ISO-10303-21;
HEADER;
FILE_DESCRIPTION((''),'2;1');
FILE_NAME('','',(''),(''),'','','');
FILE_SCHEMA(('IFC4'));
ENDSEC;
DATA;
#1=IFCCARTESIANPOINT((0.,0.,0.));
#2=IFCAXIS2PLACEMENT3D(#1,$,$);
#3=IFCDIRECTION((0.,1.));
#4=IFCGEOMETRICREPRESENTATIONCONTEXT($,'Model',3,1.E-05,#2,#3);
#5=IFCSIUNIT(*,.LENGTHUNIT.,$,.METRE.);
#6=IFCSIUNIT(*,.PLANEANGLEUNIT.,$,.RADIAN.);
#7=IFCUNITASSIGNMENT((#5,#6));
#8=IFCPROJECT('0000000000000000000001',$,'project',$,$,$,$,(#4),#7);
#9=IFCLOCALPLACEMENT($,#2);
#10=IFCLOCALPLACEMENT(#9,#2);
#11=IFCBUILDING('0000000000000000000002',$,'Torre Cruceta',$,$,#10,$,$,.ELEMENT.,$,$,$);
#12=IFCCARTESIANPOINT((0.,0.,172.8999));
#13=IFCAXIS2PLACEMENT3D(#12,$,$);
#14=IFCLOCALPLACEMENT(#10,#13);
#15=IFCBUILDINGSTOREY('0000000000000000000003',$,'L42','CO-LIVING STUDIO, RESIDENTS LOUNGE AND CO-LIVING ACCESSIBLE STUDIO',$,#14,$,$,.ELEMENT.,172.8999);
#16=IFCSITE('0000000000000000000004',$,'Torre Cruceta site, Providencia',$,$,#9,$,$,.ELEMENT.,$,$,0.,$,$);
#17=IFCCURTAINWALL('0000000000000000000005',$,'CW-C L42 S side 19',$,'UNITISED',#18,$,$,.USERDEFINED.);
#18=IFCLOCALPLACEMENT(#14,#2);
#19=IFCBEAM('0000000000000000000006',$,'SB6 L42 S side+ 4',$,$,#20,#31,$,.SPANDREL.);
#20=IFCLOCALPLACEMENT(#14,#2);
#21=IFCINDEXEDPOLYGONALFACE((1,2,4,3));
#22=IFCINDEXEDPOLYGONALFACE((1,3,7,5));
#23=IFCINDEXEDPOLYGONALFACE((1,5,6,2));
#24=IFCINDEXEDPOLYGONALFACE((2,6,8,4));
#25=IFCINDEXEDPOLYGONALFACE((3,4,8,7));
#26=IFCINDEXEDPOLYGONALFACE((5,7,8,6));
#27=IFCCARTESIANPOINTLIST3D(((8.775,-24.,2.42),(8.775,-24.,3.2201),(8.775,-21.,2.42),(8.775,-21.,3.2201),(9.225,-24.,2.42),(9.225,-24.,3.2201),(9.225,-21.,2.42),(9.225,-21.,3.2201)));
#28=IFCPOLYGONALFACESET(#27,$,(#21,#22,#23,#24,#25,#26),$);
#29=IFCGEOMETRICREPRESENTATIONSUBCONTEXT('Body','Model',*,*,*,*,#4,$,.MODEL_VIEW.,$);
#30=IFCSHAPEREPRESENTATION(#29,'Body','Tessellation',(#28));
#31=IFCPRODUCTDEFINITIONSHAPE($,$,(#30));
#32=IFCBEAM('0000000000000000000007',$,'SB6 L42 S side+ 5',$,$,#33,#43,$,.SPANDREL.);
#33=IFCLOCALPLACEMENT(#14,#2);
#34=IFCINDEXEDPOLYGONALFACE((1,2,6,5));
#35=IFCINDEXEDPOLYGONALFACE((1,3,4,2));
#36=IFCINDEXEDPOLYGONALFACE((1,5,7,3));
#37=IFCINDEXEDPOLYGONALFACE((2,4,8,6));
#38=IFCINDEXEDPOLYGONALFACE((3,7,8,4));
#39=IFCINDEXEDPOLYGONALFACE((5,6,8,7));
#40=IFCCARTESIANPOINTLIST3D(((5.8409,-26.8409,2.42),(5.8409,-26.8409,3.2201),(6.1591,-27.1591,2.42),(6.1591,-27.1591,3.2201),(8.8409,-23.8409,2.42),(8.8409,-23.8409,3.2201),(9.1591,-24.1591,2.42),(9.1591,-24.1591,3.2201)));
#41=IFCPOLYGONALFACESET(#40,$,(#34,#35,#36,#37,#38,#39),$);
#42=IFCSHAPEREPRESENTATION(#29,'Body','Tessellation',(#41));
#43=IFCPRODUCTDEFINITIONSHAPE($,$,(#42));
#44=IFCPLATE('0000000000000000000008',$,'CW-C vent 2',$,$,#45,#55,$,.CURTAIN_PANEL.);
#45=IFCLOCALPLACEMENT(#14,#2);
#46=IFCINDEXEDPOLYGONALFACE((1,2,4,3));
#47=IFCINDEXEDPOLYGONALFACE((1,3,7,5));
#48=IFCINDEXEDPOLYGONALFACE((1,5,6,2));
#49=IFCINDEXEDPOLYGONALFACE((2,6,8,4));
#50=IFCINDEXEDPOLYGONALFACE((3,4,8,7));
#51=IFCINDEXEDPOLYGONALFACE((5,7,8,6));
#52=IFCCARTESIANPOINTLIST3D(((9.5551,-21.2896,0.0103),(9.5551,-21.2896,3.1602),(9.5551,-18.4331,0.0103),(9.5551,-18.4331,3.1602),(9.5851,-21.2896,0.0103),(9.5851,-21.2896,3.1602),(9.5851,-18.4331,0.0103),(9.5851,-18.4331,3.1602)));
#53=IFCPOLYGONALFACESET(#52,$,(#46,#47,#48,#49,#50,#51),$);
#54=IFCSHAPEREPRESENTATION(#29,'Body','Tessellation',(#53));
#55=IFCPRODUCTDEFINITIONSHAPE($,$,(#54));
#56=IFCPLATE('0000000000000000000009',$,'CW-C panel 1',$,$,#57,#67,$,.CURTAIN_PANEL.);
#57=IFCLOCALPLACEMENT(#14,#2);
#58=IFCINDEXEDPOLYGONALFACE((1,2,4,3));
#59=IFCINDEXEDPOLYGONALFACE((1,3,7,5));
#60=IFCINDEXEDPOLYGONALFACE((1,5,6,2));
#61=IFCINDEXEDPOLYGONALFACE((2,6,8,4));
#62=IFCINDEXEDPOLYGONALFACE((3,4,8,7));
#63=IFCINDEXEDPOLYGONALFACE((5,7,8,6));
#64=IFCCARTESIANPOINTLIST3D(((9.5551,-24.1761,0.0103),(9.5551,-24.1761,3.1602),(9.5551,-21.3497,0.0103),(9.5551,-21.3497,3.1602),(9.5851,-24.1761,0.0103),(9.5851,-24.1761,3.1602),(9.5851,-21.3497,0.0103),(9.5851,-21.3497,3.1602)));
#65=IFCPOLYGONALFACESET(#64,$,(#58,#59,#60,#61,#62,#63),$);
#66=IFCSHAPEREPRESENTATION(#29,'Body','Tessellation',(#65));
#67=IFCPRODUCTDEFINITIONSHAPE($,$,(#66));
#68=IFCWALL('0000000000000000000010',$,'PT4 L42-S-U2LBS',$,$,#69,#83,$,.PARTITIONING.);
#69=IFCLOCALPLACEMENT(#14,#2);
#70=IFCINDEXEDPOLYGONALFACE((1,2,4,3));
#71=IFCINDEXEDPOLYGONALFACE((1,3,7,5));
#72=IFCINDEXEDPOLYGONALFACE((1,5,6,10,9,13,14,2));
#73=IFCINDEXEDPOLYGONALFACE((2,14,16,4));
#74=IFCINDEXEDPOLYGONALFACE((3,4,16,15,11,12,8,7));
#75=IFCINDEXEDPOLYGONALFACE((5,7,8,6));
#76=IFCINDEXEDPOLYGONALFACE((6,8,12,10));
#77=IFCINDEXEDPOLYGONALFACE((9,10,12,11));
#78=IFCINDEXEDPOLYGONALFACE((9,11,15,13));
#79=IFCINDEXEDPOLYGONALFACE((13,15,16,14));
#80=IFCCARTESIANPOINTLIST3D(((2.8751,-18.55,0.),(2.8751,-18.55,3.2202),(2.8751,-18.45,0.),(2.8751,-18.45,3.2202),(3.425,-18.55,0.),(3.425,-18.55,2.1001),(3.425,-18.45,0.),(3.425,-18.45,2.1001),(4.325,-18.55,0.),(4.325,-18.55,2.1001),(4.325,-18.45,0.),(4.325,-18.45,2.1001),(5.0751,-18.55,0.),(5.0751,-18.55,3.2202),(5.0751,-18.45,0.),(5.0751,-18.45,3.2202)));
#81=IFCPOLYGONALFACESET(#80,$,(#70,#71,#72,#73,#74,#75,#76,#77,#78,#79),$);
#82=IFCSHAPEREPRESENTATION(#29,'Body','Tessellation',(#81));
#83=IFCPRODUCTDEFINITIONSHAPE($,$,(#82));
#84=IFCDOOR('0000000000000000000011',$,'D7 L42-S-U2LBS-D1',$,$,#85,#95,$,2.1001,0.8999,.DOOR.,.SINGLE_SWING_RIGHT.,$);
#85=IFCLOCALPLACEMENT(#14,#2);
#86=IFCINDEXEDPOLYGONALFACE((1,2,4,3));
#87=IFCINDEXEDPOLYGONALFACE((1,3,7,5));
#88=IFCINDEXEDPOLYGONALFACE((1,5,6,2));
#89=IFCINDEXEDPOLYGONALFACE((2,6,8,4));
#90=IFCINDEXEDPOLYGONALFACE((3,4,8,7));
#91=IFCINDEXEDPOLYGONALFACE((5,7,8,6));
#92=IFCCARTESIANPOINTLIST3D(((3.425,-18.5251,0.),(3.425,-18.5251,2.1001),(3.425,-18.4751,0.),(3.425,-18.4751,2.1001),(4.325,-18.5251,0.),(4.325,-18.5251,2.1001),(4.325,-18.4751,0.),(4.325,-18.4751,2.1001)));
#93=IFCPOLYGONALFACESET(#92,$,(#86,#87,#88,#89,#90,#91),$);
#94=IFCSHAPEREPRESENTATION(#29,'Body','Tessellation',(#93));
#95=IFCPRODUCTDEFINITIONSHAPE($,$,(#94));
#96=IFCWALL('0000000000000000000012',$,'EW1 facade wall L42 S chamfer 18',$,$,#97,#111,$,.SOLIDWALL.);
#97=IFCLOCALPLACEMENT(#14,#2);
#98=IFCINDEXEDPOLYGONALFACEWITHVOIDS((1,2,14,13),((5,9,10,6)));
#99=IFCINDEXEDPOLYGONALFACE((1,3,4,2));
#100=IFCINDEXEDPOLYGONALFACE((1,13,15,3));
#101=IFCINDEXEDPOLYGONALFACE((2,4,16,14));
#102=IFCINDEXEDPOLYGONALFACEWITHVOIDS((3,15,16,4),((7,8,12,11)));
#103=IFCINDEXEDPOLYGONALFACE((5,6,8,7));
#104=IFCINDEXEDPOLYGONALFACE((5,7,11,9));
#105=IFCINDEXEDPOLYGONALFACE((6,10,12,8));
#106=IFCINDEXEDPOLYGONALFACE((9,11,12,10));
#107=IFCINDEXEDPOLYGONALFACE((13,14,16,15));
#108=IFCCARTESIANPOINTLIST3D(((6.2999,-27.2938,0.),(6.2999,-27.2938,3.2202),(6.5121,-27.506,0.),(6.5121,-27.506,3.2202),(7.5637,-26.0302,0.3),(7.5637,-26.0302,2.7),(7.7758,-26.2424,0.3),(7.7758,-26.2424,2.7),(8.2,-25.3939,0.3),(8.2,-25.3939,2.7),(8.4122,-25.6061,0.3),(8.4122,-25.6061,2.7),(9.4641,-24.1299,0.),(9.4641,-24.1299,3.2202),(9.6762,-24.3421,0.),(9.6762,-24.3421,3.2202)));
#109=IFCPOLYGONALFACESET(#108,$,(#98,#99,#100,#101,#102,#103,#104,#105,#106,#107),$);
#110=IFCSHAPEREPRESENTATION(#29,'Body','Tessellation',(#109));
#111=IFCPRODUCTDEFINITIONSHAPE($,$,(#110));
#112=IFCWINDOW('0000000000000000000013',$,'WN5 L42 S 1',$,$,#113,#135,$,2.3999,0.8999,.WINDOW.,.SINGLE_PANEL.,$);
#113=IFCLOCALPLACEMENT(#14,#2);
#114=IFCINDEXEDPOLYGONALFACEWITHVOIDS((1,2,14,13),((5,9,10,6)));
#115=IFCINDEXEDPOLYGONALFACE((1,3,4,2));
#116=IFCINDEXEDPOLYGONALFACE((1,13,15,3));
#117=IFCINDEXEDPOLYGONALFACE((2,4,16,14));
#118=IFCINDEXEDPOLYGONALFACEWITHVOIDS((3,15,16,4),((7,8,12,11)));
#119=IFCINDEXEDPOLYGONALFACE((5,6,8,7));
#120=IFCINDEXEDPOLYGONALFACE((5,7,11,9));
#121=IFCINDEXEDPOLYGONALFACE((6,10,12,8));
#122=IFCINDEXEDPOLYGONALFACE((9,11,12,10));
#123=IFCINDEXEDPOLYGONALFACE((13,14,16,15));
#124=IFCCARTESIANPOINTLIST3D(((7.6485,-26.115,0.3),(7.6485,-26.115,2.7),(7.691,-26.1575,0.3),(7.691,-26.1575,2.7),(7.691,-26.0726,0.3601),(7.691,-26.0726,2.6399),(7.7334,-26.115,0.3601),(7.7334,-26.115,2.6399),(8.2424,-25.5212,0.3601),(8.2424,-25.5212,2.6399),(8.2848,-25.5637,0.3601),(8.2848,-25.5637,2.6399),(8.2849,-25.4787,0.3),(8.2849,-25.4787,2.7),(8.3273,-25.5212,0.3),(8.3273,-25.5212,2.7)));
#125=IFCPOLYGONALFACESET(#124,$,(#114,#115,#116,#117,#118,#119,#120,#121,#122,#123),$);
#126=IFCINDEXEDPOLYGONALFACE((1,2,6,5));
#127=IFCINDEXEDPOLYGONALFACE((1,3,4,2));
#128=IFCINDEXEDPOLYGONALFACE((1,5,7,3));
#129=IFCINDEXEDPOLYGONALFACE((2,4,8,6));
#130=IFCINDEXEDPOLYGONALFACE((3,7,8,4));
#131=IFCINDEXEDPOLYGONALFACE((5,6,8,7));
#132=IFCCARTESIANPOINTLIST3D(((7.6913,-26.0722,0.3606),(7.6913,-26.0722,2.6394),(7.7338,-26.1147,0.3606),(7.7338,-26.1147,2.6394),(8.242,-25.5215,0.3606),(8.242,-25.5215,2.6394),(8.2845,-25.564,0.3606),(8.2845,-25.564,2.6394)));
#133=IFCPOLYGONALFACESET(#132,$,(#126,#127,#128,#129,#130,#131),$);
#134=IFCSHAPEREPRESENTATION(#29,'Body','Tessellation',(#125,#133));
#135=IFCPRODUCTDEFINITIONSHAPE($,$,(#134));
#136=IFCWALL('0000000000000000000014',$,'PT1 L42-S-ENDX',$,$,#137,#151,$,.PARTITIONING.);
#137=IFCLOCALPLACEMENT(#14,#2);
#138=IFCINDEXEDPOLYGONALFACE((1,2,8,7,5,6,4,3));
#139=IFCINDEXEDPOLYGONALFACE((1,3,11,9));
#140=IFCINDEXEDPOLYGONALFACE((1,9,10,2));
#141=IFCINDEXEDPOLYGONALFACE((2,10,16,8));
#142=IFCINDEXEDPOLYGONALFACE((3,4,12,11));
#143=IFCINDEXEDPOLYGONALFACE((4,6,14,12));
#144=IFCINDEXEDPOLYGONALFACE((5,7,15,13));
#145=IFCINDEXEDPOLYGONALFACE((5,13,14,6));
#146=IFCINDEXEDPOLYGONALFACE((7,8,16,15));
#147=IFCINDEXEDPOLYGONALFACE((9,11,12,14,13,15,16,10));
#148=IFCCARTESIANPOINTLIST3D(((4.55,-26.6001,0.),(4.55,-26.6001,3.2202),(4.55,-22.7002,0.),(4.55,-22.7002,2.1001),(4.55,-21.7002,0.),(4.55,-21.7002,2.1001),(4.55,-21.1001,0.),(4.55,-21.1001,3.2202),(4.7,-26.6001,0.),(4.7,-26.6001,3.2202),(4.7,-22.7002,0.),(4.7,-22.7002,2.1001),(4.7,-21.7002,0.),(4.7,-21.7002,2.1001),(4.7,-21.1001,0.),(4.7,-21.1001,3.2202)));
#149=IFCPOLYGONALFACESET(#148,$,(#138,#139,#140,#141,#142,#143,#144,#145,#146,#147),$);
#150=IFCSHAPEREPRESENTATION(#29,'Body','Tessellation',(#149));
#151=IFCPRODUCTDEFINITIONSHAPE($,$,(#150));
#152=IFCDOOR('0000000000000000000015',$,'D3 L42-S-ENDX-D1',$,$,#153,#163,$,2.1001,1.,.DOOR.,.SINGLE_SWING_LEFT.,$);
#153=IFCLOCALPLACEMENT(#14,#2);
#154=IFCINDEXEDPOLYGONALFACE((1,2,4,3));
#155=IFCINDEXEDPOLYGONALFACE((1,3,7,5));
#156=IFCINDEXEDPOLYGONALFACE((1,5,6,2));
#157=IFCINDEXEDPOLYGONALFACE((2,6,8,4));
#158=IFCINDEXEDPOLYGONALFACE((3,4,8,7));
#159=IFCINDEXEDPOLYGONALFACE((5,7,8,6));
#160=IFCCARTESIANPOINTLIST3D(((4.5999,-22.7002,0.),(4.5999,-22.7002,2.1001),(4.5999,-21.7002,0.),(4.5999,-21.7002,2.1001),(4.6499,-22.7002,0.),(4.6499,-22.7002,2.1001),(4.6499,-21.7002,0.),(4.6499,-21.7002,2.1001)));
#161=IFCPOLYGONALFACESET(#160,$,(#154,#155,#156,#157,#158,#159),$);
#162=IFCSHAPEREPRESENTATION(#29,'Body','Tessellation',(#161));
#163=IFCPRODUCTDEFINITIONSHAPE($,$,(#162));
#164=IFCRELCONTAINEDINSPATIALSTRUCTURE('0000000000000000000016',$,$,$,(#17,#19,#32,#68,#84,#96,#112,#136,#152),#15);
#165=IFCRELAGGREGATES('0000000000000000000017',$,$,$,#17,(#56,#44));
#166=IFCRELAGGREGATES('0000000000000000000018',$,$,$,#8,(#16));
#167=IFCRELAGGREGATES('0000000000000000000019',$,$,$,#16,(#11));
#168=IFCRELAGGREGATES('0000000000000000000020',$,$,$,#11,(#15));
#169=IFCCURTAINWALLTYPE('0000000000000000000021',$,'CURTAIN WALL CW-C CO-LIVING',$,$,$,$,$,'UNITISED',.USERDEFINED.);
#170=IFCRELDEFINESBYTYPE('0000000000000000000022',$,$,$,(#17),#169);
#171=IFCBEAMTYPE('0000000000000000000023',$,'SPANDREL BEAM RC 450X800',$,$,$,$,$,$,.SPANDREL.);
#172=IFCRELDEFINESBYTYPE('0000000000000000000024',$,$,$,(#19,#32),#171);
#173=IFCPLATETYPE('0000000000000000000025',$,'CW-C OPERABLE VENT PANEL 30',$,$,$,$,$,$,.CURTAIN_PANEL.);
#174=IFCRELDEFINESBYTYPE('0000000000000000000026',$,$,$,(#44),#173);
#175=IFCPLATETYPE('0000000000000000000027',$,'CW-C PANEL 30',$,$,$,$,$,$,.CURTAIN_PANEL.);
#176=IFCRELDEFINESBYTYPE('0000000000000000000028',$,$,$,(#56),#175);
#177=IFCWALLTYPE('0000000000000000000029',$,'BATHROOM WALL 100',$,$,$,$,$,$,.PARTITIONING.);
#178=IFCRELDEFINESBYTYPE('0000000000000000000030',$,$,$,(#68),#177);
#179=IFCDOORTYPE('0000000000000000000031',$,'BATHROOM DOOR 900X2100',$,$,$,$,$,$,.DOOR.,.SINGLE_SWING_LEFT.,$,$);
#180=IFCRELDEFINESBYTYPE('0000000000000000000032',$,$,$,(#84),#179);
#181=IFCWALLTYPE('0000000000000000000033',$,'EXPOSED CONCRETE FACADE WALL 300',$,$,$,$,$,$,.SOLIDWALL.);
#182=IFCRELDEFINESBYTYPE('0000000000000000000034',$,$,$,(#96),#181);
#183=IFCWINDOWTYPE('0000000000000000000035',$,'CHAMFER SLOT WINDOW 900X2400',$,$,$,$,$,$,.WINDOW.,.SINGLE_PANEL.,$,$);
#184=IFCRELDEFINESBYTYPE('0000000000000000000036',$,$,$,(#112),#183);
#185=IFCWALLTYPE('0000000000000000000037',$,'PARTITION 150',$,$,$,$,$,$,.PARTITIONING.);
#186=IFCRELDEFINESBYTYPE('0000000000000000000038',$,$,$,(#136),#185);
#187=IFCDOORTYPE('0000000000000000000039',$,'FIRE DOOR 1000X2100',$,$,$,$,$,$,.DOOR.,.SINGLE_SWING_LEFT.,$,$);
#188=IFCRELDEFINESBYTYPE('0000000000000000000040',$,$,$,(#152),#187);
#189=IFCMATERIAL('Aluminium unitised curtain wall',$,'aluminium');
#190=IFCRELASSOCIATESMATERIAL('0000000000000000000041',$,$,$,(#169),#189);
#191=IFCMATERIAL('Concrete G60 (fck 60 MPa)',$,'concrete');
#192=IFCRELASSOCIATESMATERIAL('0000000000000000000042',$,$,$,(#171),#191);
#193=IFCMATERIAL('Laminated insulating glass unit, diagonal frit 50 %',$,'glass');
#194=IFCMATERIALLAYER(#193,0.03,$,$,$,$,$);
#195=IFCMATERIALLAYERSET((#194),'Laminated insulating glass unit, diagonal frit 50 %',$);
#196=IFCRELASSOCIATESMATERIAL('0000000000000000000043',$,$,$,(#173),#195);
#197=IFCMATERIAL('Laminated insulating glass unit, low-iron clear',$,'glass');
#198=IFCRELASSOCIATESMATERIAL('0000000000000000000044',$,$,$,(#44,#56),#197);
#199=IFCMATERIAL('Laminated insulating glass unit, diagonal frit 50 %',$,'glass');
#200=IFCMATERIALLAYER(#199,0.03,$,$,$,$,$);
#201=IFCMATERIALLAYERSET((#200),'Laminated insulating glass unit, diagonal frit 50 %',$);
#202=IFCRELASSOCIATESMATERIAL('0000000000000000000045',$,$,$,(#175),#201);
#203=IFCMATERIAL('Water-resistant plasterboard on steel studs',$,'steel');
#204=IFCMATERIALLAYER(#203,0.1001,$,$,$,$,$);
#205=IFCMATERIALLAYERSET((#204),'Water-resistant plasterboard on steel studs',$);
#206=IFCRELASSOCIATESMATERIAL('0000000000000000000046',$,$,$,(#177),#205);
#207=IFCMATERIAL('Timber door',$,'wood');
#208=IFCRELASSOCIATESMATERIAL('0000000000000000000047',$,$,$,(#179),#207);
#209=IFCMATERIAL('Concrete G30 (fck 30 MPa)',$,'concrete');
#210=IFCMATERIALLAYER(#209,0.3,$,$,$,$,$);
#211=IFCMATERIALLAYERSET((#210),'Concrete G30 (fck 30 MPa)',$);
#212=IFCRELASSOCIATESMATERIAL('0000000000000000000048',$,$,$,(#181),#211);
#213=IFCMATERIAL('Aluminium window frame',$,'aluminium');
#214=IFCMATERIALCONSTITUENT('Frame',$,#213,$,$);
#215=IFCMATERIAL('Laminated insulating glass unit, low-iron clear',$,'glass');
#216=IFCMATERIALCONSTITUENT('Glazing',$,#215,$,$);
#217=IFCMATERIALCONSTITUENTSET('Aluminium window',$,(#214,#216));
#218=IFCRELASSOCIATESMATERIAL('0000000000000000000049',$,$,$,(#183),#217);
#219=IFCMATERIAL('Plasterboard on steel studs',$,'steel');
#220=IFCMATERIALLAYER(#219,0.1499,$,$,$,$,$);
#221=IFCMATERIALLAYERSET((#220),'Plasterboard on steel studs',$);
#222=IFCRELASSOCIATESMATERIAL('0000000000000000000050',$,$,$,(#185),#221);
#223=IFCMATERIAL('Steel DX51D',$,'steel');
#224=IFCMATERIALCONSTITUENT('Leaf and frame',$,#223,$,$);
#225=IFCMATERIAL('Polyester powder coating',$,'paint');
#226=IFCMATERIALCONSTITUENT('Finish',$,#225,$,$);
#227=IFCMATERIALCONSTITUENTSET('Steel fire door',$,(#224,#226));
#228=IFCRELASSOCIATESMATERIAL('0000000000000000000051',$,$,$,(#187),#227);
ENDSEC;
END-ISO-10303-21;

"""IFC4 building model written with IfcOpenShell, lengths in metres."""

from ifc_helpers import new_model, si_unit, direction, frame, frame_2d, origin, origin_2d, place, context, subcontext, project, spatial, rectangle, hollow_rectangle, extrude, material, layer, layer_set, constituent, constituent_set, material_profile, profile_set, type_object, element, fill, aggregate, save


model = new_model("IFC4")

# Units and contexts
model_context = context("Model", 3, precision=1e-05, world=origin(), true_north=direction((0.0, 1.0)))
body_context = subcontext(model_context, "Body", "Model", "MODEL_VIEW")
ifc_project = project(units=[si_unit("LENGTHUNIT", "METRE"), si_unit("PLANEANGLEUNIT", "RADIAN")], contexts=[model_context])

# Site, building, storey
site_placement = place(None, origin())
site = spatial("IfcSite", under=ifc_project, at=site_placement, Name="Torre Cruceta site, Providencia", CompositionType="ELEMENT", RefElevation=0.0)
building_placement = place(site_placement, origin())
building = spatial("IfcBuilding", under=site, at=building_placement, Name="Torre Cruceta", CompositionType="ELEMENT")
storey_placement = place(building_placement, frame((0.0, 0.0, 172.8999)))
storey = spatial("IfcBuildingStorey", under=building, at=storey_placement, Name="L42", Description="CO-LIVING STUDIO, RESIDENTS LOUNGE AND CO-LIVING ACCESSIBLE STUDIO", CompositionType="ELEMENT", Elevation=172.8999)

# Curtain wall
ifc_material_1 = material(Name="Aluminium unitised curtain wall", Category="aluminium")
curtain_wall_type = type_object("IfcCurtainWallType", Name="CURTAIN WALL CW-C CO-LIVING", ElementType="UNITISED", PredefinedType="USERDEFINED", material=ifc_material_1)
curtain_wall_placement = place(storey_placement, origin())
curtain_wall = element("IfcCurtainWall", 1, at=curtain_wall_placement, inside=storey, type_object=curtain_wall_type, Name="CW-C L42 S side 19", ObjectType="UNITISED", PredefinedType="USERDEFINED")

# Beams
ifc_material_2 = material(Name="Concrete G60 (fck 60 MPa)", Category="concrete")
ifc_material_profile_1 = material_profile(ifc_material_2, rectangle(XDim=0.45, YDim=0.8, at=origin_2d()), Name="RC 450X800")
ifc_profile_set_1 = profile_set([ifc_material_profile_1], Name="Concrete G60 (fck 60 MPa)")
beam_type_1 = type_object("IfcBeamType", Name="SPANDREL BEAM RC 450X800", PredefinedType="SPANDREL", material=ifc_profile_set_1)
beam_1_placement = place(storey_placement, frame((9.0, -21.0, 2.8201), z_axis=(0.0, -1.0, 0.0), x_axis=(1.0, 0.0, 0.0)))
element("IfcBeam", 2, at=beam_1_placement, inside=storey, type_object=beam_type_1, Name="SB6 L42 S side+ 4", PredefinedType="SPANDREL", context=body_context, shape_type="SweptSolid", body=[
    extrude(rectangle(XDim=0.45, YDim=0.8, at=origin_2d()), origin(), (0.0, 0.0, 1.0), 3.0),
])
beam_2_placement = place(storey_placement, frame((9.0, -24.0, 2.8201), z_axis=(-0.707107, -0.707107, 0.0), x_axis=(0.707107, -0.707107, 0.0)))
element("IfcBeam", 3, at=beam_2_placement, inside=storey, type_object=beam_type_1, Name="SB6 L42 S side+ 5", PredefinedType="SPANDREL", context=body_context, shape_type="SweptSolid", body=[
    extrude(rectangle(XDim=0.45, YDim=0.8, at=origin_2d()), origin(), (0.0, 0.0, 1.0), 4.2427),
])

# Plates
ifc_material_3 = material(Name="Laminated insulating glass unit, low-iron clear", Category="glass")
ifc_material_4 = material(Name="Laminated insulating glass unit, diagonal frit 50 %", Category="glass")
ifc_layer_1 = layer(ifc_material_4, 0.03)
ifc_layer_set_1 = layer_set([ifc_layer_1], Name="Laminated insulating glass unit, diagonal frit 50 %")
plate_type_1 = type_object("IfcPlateType", Name="CW-C OPERABLE VENT PANEL 30", PredefinedType="CURTAIN_PANEL", material=ifc_layer_set_1)
plate_1_placement = place(storey_placement, frame((9.5701, -19.8613, 0.0103), z_axis=(0.0, 0.0, 1.0), x_axis=(0.0, 1.0, 0.0)))
plate_1 = element("IfcPlate", 4, at=plate_1_placement, type_object=plate_type_1, material=ifc_material_3, Name="CW-C vent 2", PredefinedType="CURTAIN_PANEL", context=body_context, shape_type="SweptSolid", body=[
    extrude(rectangle(XDim=2.8564, YDim=0.03, at=origin_2d()), origin(), (0.0, 0.0, 1.0), 3.1499),
])
ifc_material_5 = material(Name="Laminated insulating glass unit, diagonal frit 50 %", Category="glass")
ifc_layer_2 = layer(ifc_material_5, 0.03)
ifc_layer_set_2 = layer_set([ifc_layer_2], Name="Laminated insulating glass unit, diagonal frit 50 %")
plate_type_2 = type_object("IfcPlateType", Name="CW-C PANEL 30", PredefinedType="CURTAIN_PANEL", material=ifc_layer_set_2)
plate_2_placement = place(storey_placement, frame((9.5701, -22.7629, 0.0103), z_axis=(0.0, 0.0, 1.0), x_axis=(0.0, 1.0, 0.0)))
plate_2 = element("IfcPlate", 5, at=plate_2_placement, type_object=plate_type_2, material=ifc_material_3, Name="CW-C panel 1", PredefinedType="CURTAIN_PANEL", context=body_context, shape_type="SweptSolid", body=[
    extrude(rectangle(XDim=2.8264, YDim=0.03, at=origin_2d()), origin(), (0.0, 0.0, 1.0), 3.1499),
])
aggregate(curtain_wall, [plate_2, plate_1])

# Wall, opening, door
ifc_material_6 = material(Name="Water-resistant plasterboard on steel studs", Category="steel")
ifc_layer_3 = layer(ifc_material_6, 0.1001)
ifc_layer_set_3 = layer_set([ifc_layer_3], Name="Water-resistant plasterboard on steel studs")
wall_type_1 = type_object("IfcWallType", Name="BATHROOM WALL 100", PredefinedType="PARTITIONING", material=ifc_layer_set_3)
wall_1_placement = place(storey_placement, frame((2.875, -18.5, 0.0), z_axis=(0.0, 0.0, 1.0), x_axis=(1.0, 0.0, 0.0)))
wall_1 = element("IfcWall", 6, at=wall_1_placement, inside=storey, type_object=wall_type_1, Name="PT4 L42-S-U2LBS", PredefinedType="PARTITIONING", context=body_context, shape_type="SweptSolid", body=[
    extrude(rectangle(XDim=2.2, YDim=0.1001, at=frame_2d((1.1001, 0.0))), origin(), (0.0, 0.0, 1.0), 3.2202),
])
opening_1_placement = place(wall_1_placement, frame((0.55, 0.0, 0.0)))
opening_1 = element("IfcOpeningElement", 7, at=opening_1_placement, cuts=wall_1, PredefinedType="OPENING", context=body_context, shape_type="SweptSolid", body=[
    extrude(rectangle(XDim=0.8999, YDim=2.1001, at=frame_2d((0.45, 1.05))), frame((0.0, 0.0601, 0.0), z_axis=(0.0, -1.0, 0.0), x_axis=(1.0, 0.0, 0.0)), (0.0, 0.0, 1.0), 0.1201),
])
ifc_material_7 = material(Name="Timber door", Category="wood")
door_type_1 = type_object("IfcDoorType", Name="BATHROOM DOOR 900X2100", OperationType="SINGLE_SWING_LEFT", PredefinedType="DOOR", material=ifc_material_7)
door_1_placement = place(opening_1_placement, frame((0.8999, 0.0, 0.0), z_axis=(0.0, 0.0, 1.0), x_axis=(-1.0, 0.0, 0.0)))
door_1 = element("IfcDoor", 8, at=door_1_placement, inside=storey, type_object=door_type_1, Name="D7 L42-S-U2LBS-D1", OperationType="SINGLE_SWING_RIGHT", OverallHeight=2.1001, OverallWidth=0.8999, PredefinedType="DOOR", context=body_context, shape_type="SweptSolid", body=[
    extrude(rectangle(XDim=0.8999, YDim=2.1001, at=frame_2d((0.45, 1.05))), frame((0.0, 0.0251, 0.0), z_axis=(0.0, -1.0, 0.0), x_axis=(1.0, 0.0, 0.0)), (0.0, 0.0, 1.0), 0.05),
])
fill(opening_1, door_1)

# Wall, opening, window
ifc_material_8 = material(Name="Concrete G30 (fck 30 MPa)", Category="concrete")
ifc_layer_4 = layer(ifc_material_8, 0.3)
ifc_layer_set_4 = layer_set([ifc_layer_4], Name="Concrete G30 (fck 30 MPa)")
wall_type_2 = type_object("IfcWallType", Name="EXPOSED CONCRETE FACADE WALL 300", PredefinedType="SOLIDWALL", material=ifc_layer_set_4)
wall_2_placement = place(storey_placement, frame((6.406, -27.3999, 0.0), z_axis=(0.0, 0.0, 1.0), x_axis=(0.707134, 0.707079, 0.0)))
wall_2 = element("IfcWall", 9, at=wall_2_placement, inside=storey, type_object=wall_type_2, Name="EW1 facade wall L42 S chamfer 18", PredefinedType="SOLIDWALL", context=body_context, shape_type="SweptSolid", body=[
    extrude(rectangle(XDim=4.4746, YDim=0.3, at=frame_2d((2.2373, 0.0))), origin(), (0.0, 0.0, 1.0), 3.2202),
])
opening_2_placement = place(wall_2_placement, frame((1.7871, 0.0, 0.3)))
opening_2 = element("IfcOpeningElement", 10, at=opening_2_placement, cuts=wall_2, PredefinedType="OPENING", context=body_context, shape_type="SweptSolid", body=[
    extrude(rectangle(XDim=0.8999, YDim=2.3999, at=frame_2d((0.45, 1.2))), frame((0.0, 0.1599, 0.0), z_axis=(0.0, -1.0, 0.0), x_axis=(1.0, 0.0, 0.0)), (0.0, 0.0, 1.0), 0.3201),
])
ifc_material_9 = material(Name="Aluminium window frame", Category="aluminium")
ifc_constituent_1 = constituent(ifc_material_9, Name="Frame")
ifc_material_10 = material(Name="Laminated insulating glass unit, low-iron clear", Category="glass")
ifc_constituent_2 = constituent(ifc_material_10, Name="Glazing")
ifc_constituent_set_1 = constituent_set(constituents=[ifc_constituent_1, ifc_constituent_2], Name="Aluminium window")
window_type = type_object("IfcWindowType", Name="CHAMFER SLOT WINDOW 900X2400", PartitioningType="SINGLE_PANEL", PredefinedType="WINDOW", material=ifc_constituent_set_1)
window_placement = place(opening_2_placement, origin())
window = element("IfcWindow", 11, at=window_placement, inside=storey, type_object=window_type, Name="WN5 L42 S 1", OverallHeight=2.3999, OverallWidth=0.8999, PartitioningType="SINGLE_PANEL", PredefinedType="WINDOW", context=body_context, shape_type="SweptSolid", body=[
    extrude(hollow_rectangle(XDim=0.8999, YDim=2.3999, WallThickness=0.0601, at=frame_2d((0.45, 1.2))), frame((0.0, 0.03, 0.0), z_axis=(0.0, -1.0, 0.0), x_axis=(1.0, 0.0, 0.0)), (0.0, 0.0, 1.0), 0.0601),
    extrude(rectangle(XDim=0.7788, YDim=2.2788, at=frame_2d((0.45, 1.2))), frame((0.0, 0.03, 0.0), z_axis=(0.0, -1.0, 0.0), x_axis=(1.0, 0.0, 0.0)), (0.0, 0.0, 1.0), 0.0601),
])
fill(opening_2, window)

# Wall, opening, door
ifc_material_11 = material(Name="Plasterboard on steel studs", Category="steel")
ifc_layer_5 = layer(ifc_material_11, 0.1499)
ifc_layer_set_5 = layer_set([ifc_layer_5], Name="Plasterboard on steel studs")
wall_type_3 = type_object("IfcWallType", Name="PARTITION 150", PredefinedType="PARTITIONING", material=ifc_layer_set_5)
wall_3_placement = place(storey_placement, frame((4.625, -21.1001, 0.0), z_axis=(0.0, 0.0, 1.0), x_axis=(0.0, -1.0, 0.0)))
wall_3 = element("IfcWall", 12, at=wall_3_placement, inside=storey, type_object=wall_type_3, Name="PT1 L42-S-ENDX", PredefinedType="PARTITIONING", context=body_context, shape_type="SweptSolid", body=[
    extrude(rectangle(XDim=5.5, YDim=0.1499, at=frame_2d((2.75, 0.0))), origin(), (0.0, 0.0, 1.0), 3.2202),
])
opening_3_placement = place(wall_3_placement, frame((0.6001, 0.0, 0.0)))
opening_3 = element("IfcOpeningElement", 13, at=opening_3_placement, cuts=wall_3, PredefinedType="OPENING", context=body_context, shape_type="SweptSolid", body=[
    extrude(rectangle(XDim=1.0, YDim=2.1001, at=frame_2d((0.5, 1.05))), frame((0.0, 0.085, 0.0), z_axis=(0.0, -1.0, 0.0), x_axis=(1.0, 0.0, 0.0)), (0.0, 0.0, 1.0), 0.1699),
])
ifc_material_12 = material(Name="Steel DX51D", Category="steel")
ifc_constituent_3 = constituent(ifc_material_12, Name="Leaf and frame")
ifc_material_13 = material(Name="Polyester powder coating", Category="paint")
ifc_constituent_4 = constituent(ifc_material_13, Name="Finish")
ifc_constituent_set_2 = constituent_set(constituents=[ifc_constituent_3, ifc_constituent_4], Name="Steel fire door")
door_type_2 = type_object("IfcDoorType", Name="FIRE DOOR 1000X2100", OperationType="SINGLE_SWING_LEFT", PredefinedType="DOOR", material=ifc_constituent_set_2)
door_2_placement = place(opening_3_placement, origin())
door_2 = element("IfcDoor", 14, at=door_2_placement, inside=storey, type_object=door_type_2, Name="D3 L42-S-ENDX-D1", OperationType="SINGLE_SWING_LEFT", OverallHeight=2.1001, OverallWidth=1.0, PredefinedType="DOOR", context=body_context, shape_type="SweptSolid", body=[
    extrude(rectangle(XDim=1.0, YDim=2.1001, at=frame_2d((0.5, 1.05))), frame((0.0, 0.0249, 0.0), z_axis=(0.0, -1.0, 0.0), x_axis=(1.0, 0.0, 0.0)), (0.0, 0.0, 1.0), 0.05),
])
fill(opening_3, door_2)

save(model, "model.ifc")
